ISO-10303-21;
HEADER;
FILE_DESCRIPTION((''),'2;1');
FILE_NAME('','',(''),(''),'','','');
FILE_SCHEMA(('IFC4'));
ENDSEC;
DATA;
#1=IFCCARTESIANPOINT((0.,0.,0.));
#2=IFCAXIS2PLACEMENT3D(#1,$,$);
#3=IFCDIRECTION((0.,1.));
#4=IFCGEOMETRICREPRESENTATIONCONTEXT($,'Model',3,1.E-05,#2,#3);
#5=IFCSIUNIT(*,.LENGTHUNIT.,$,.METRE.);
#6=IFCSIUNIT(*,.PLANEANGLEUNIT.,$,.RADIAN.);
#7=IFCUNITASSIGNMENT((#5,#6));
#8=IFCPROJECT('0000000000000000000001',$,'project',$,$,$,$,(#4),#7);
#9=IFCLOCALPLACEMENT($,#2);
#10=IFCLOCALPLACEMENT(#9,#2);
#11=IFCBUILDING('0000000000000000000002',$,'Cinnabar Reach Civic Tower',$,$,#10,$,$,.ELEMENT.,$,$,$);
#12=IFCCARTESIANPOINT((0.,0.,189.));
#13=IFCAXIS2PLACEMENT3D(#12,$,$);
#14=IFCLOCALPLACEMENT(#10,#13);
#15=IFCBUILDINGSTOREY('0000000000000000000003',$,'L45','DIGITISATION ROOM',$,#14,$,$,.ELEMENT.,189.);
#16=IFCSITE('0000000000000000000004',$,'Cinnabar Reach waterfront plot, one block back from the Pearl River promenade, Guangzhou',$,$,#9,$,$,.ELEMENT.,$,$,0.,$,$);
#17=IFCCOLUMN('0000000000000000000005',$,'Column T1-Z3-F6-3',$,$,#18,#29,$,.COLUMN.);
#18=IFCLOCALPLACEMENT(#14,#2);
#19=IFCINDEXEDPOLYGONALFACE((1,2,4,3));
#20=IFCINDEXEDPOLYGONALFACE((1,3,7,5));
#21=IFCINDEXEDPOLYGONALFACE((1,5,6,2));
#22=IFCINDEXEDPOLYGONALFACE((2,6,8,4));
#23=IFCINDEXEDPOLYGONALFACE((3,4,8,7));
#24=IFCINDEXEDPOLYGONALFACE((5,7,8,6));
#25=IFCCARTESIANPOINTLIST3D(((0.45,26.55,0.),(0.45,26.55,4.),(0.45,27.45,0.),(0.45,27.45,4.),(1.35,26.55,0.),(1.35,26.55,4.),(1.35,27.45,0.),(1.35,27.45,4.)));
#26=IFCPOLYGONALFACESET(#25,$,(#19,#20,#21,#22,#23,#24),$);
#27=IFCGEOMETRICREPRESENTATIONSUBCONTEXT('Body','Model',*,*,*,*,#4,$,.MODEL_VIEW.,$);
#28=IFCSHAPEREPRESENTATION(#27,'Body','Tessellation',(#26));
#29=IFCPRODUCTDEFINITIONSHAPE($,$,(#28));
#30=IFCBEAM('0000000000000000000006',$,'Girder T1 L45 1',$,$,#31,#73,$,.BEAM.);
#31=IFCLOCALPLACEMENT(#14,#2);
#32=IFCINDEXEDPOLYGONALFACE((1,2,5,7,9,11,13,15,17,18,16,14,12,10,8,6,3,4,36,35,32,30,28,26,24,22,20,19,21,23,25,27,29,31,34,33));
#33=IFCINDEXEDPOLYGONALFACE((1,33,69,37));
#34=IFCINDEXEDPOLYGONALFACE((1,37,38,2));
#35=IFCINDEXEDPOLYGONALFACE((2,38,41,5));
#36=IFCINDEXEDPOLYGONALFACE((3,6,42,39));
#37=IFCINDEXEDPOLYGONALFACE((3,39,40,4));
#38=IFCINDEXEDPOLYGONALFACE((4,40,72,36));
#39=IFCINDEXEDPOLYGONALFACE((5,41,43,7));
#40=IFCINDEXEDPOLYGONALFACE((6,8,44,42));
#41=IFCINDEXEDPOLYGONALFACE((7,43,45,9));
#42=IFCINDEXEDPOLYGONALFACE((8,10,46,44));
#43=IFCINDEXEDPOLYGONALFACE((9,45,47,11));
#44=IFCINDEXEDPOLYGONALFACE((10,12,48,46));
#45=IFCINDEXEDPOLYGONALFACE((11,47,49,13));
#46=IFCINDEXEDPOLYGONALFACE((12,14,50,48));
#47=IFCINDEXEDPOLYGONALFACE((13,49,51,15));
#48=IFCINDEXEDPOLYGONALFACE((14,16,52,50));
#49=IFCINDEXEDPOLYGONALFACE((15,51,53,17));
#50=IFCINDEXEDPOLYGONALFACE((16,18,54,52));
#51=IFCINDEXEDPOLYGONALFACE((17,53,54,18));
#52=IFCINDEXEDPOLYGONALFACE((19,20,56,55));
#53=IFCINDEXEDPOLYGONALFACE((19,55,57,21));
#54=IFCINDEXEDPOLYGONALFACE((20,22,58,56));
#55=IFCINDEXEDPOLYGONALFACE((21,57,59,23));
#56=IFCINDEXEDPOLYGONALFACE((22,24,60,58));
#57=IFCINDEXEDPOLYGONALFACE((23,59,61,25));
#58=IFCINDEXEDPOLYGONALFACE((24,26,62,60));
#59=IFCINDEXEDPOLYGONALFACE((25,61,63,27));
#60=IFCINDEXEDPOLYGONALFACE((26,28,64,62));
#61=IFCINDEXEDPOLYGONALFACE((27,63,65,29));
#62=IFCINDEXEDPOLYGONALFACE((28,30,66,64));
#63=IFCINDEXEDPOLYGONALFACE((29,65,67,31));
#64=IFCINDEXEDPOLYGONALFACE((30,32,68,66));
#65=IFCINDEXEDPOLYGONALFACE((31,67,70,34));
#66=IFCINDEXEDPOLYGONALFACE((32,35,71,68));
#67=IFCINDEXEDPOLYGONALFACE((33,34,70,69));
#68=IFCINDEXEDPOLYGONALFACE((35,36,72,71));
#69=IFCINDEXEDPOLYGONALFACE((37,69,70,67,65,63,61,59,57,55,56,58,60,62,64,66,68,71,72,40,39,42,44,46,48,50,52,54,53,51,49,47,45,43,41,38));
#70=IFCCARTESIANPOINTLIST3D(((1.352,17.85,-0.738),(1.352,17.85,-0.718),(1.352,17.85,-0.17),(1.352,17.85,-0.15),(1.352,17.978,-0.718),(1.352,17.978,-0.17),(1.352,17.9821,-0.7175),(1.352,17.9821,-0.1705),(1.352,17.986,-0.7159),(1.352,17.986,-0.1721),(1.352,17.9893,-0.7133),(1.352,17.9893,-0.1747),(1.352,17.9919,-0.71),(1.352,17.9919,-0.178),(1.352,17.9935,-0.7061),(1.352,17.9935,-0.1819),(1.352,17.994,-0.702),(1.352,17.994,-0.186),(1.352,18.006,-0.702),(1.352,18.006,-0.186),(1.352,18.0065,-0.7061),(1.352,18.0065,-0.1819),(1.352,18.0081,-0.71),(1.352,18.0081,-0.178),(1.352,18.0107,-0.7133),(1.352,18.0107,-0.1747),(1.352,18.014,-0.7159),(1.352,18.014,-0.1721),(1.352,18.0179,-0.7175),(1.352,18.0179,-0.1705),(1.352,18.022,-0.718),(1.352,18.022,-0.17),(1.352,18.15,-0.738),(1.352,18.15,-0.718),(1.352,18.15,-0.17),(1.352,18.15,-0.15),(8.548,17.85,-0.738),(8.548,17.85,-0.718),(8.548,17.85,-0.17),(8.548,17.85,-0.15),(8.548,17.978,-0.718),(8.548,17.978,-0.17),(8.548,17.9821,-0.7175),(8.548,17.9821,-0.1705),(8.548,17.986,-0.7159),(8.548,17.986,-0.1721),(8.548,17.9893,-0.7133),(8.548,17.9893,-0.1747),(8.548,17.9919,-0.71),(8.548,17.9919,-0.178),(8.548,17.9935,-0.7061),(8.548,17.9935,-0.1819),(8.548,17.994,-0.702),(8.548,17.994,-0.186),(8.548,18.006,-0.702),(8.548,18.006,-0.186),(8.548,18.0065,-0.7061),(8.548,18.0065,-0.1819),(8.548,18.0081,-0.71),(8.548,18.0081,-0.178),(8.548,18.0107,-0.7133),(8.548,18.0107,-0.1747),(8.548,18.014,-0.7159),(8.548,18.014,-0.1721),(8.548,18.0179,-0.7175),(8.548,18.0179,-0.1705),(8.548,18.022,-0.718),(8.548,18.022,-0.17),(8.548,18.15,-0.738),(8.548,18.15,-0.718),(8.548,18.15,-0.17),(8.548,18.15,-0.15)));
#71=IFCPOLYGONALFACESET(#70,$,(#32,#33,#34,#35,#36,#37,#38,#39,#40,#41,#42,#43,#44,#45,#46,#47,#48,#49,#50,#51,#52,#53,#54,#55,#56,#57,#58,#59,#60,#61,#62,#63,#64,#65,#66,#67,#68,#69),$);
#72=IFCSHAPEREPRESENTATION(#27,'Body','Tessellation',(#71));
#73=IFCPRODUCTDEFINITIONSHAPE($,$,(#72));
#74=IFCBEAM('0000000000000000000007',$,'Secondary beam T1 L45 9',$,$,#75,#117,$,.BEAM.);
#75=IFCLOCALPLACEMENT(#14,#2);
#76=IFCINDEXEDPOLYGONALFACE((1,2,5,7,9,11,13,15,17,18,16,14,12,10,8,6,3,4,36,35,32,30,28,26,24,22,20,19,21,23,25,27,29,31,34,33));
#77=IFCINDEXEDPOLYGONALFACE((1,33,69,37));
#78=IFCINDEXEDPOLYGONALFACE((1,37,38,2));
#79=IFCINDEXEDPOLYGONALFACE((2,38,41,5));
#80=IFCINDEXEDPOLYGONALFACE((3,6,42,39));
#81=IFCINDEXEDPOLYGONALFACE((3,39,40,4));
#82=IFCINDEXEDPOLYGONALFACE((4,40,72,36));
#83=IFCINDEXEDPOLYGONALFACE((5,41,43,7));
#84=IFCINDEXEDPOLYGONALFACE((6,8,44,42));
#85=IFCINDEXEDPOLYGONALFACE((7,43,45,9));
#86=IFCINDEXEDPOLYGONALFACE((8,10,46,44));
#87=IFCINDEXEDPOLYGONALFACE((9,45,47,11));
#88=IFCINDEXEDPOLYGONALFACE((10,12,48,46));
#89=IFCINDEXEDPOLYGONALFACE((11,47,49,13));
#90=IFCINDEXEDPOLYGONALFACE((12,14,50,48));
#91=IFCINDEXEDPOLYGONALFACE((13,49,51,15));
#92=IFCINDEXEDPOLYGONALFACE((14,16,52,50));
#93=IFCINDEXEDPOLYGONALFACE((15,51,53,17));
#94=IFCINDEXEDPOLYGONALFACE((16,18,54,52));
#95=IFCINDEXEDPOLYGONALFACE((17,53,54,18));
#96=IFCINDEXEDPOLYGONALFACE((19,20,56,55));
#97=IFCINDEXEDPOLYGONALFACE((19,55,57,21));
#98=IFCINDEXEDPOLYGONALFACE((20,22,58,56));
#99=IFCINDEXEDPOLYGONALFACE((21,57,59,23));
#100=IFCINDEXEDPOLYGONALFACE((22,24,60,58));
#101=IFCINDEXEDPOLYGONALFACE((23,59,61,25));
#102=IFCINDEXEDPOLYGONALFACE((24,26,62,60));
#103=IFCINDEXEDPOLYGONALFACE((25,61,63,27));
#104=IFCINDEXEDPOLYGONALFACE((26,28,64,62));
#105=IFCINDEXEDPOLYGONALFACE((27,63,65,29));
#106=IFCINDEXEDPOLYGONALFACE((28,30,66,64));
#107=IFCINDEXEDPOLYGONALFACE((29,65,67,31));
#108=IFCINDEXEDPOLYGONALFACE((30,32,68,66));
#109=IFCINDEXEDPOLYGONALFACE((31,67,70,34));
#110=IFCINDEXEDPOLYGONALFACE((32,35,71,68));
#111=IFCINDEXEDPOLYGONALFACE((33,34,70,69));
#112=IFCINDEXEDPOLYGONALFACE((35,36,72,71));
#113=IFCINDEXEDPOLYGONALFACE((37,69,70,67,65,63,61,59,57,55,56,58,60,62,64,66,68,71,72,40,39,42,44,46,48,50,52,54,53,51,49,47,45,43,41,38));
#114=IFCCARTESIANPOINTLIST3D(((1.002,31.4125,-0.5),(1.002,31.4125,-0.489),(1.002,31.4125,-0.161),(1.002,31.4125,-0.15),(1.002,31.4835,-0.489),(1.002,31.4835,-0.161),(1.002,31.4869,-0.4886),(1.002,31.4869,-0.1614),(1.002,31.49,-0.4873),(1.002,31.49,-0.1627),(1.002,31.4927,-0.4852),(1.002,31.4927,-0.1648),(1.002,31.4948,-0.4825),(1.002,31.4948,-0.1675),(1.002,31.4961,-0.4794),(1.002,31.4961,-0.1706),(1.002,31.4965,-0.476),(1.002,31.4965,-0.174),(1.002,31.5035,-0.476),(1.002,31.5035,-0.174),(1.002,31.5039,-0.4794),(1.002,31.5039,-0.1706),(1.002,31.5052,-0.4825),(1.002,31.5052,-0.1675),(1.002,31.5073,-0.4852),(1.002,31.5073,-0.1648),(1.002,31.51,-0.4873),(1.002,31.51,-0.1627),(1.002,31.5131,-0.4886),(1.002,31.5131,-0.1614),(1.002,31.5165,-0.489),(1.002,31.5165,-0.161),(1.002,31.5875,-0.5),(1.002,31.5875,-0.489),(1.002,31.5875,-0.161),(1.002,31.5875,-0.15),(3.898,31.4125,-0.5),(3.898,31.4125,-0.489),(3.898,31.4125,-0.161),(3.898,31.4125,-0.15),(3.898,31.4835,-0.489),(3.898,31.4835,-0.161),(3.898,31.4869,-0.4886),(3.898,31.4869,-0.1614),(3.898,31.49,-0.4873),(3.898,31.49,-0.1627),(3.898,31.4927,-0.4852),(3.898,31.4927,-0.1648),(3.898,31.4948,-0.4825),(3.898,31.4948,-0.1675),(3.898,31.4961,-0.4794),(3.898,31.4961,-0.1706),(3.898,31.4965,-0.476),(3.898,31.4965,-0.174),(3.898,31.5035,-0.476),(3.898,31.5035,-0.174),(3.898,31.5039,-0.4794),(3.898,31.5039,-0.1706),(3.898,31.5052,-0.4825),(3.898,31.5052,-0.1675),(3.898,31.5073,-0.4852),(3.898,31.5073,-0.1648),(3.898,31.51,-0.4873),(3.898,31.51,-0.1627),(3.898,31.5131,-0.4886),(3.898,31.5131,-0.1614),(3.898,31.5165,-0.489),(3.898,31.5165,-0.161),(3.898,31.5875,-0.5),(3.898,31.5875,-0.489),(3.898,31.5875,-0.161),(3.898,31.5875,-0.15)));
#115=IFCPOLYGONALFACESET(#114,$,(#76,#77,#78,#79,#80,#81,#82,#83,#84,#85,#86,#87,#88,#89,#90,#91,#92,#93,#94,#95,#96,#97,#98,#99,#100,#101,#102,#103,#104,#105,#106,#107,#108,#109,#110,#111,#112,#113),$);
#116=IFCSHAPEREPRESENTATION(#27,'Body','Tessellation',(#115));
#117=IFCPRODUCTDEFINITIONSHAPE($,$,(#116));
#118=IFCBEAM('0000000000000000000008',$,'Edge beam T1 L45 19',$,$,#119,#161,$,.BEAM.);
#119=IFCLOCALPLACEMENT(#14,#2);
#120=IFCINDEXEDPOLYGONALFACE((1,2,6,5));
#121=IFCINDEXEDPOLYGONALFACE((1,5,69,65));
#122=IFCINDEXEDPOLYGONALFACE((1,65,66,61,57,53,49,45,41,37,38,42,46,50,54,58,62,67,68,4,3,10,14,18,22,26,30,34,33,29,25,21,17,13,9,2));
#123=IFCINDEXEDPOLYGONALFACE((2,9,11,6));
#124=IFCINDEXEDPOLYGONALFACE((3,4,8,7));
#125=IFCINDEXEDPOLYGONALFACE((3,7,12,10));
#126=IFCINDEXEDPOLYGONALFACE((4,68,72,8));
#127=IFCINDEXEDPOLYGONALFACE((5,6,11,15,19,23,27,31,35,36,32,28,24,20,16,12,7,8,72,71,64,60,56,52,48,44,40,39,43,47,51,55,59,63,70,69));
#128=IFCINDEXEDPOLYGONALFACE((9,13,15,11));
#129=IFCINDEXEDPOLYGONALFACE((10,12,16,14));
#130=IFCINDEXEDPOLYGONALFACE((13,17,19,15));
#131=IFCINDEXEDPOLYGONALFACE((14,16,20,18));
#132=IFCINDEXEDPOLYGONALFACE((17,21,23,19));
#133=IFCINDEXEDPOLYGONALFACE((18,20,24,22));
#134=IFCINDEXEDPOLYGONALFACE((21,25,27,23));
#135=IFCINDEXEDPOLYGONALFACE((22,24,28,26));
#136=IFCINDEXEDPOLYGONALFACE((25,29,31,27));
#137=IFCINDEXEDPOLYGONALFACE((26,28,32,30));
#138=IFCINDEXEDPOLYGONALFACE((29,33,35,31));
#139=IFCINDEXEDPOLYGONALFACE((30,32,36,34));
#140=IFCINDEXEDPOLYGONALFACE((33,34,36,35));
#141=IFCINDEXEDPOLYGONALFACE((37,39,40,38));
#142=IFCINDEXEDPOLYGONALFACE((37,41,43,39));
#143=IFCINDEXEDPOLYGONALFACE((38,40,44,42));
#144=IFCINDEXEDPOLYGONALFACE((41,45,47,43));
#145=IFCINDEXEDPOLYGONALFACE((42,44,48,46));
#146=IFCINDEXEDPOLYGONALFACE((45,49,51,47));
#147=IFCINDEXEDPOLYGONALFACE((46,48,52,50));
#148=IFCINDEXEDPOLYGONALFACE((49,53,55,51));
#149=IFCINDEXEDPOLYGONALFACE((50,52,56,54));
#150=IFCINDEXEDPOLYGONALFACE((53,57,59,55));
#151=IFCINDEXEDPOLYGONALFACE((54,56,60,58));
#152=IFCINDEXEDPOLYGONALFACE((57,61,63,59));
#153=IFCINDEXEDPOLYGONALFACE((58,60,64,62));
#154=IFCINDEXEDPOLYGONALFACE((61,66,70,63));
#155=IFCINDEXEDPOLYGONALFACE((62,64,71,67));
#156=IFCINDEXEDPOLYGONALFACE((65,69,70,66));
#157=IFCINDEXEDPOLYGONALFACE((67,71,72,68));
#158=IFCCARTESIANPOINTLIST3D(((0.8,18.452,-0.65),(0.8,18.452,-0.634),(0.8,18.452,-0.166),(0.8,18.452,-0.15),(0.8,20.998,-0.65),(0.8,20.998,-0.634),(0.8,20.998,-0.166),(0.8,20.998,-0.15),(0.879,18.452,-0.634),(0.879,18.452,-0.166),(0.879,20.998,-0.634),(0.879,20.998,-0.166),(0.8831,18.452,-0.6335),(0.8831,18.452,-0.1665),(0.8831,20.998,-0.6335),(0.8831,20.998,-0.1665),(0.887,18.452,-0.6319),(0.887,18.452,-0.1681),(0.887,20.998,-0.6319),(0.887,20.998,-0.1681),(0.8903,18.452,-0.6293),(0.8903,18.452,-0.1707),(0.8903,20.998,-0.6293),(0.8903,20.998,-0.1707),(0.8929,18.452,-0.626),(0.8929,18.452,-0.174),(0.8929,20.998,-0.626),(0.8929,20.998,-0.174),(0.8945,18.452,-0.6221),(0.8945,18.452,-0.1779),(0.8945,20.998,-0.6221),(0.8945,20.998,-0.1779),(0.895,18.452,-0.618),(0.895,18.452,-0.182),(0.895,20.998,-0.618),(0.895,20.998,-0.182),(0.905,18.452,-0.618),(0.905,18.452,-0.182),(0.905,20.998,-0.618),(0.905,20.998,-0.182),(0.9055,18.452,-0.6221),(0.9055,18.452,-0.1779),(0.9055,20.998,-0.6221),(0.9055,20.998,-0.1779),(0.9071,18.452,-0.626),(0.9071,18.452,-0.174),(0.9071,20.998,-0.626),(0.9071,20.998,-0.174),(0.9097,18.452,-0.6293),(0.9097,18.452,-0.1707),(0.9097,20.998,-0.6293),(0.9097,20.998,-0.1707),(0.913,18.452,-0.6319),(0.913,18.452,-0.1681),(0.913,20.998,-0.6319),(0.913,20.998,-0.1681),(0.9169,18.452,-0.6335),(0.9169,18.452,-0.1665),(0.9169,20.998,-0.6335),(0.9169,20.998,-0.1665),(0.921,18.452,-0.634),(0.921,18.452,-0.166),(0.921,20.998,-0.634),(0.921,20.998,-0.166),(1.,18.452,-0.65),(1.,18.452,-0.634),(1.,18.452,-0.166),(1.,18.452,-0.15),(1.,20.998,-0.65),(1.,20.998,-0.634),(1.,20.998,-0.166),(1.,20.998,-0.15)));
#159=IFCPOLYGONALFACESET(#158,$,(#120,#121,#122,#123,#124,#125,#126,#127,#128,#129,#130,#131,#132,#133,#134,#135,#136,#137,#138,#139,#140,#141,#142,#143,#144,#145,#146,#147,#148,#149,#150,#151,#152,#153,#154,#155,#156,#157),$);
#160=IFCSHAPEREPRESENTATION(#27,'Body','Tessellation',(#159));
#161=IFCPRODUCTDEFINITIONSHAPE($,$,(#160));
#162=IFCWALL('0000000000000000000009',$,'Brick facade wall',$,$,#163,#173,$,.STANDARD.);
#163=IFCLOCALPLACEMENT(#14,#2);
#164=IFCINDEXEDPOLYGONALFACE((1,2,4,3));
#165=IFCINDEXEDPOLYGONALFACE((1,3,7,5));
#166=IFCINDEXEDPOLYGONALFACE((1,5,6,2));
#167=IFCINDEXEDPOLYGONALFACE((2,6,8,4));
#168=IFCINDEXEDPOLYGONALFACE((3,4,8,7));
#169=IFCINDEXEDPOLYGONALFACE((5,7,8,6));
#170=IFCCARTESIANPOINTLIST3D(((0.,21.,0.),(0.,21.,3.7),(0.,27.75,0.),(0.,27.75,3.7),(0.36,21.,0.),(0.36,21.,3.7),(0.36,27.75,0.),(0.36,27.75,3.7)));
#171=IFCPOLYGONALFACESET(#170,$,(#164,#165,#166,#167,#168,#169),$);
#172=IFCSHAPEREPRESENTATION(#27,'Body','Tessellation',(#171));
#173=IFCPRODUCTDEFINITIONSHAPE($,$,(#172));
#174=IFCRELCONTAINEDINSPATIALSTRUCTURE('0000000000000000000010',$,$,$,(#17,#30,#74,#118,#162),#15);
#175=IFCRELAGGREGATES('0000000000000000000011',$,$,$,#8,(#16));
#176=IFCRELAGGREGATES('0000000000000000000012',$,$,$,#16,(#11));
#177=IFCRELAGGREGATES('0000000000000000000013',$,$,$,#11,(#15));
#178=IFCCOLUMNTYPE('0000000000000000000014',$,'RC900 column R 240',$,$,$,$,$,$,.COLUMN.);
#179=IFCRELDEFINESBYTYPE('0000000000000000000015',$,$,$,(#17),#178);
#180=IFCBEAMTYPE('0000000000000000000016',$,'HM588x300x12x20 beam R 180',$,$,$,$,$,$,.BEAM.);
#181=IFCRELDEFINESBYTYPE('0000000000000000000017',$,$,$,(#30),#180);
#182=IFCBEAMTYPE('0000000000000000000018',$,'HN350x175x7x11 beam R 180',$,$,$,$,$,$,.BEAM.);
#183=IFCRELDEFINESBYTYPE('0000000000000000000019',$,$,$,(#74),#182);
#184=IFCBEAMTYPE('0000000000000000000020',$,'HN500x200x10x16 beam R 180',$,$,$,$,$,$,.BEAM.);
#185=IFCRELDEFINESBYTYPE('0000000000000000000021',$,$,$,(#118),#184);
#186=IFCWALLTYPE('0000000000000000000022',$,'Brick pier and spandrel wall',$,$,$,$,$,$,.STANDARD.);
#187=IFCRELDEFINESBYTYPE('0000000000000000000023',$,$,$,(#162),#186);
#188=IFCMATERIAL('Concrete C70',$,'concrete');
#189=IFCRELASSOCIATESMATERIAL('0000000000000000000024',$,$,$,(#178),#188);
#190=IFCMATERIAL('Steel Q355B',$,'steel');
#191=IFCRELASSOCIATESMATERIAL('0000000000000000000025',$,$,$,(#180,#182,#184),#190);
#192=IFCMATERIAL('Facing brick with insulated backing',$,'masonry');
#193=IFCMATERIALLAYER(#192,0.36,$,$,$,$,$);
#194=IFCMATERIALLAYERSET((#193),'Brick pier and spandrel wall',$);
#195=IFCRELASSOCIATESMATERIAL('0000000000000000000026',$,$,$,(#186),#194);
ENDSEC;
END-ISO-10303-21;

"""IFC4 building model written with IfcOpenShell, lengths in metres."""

from ifc_helpers import new_model, si_unit, direction, frame, frame_2d, origin, origin_2d, place, context, subcontext, project, spatial, rectangle, i_section, extrude, material, layer, layer_set, material_profile, profile_set, type_object, element, save


model = new_model("IFC4")

# Units and contexts
model_context = context("Model", 3, precision=1e-05, world=origin(), true_north=direction((0.0, 1.0)))
body_context = subcontext(model_context, "Body", "Model", "MODEL_VIEW")
ifc_project = project(units=[si_unit("LENGTHUNIT", "METRE"), si_unit("PLANEANGLEUNIT", "RADIAN")], contexts=[model_context])

# Site, building, storey
site_placement = place(None, origin())
site = spatial("IfcSite", under=ifc_project, at=site_placement, Name="Cinnabar Reach waterfront plot, one block back from the Pearl River promenade, Guangzhou", CompositionType="ELEMENT", RefElevation=0.0)
building_placement = place(site_placement, origin())
building = spatial("IfcBuilding", under=site, at=building_placement, Name="Cinnabar Reach Civic Tower", CompositionType="ELEMENT")
storey_placement = place(building_placement, frame((0.0, 0.0, 189.0)))
storey = spatial("IfcBuildingStorey", under=building, at=storey_placement, Name="L45", Description="DIGITISATION ROOM", CompositionType="ELEMENT", Elevation=189.0)

# Column
ifc_material_1 = material(Name="Concrete C70", Category="concrete")
ifc_material_profile_1 = material_profile(ifc_material_1, rectangle(XDim=0.9, YDim=0.9, at=origin_2d()), Name="RC900")
ifc_profile_set_1 = profile_set([ifc_material_profile_1], Name="Concrete C70")
column_type = type_object("IfcColumnType", Name="RC900 column R 240", PredefinedType="COLUMN", material=ifc_profile_set_1)
column_placement = place(storey_placement, frame((0.9, 27.0, 0.0), z_axis=(0.0, 0.0, 1.0), x_axis=(1.0, 0.0, 0.0)))
element("IfcColumn", 1, at=column_placement, inside=storey, type_object=column_type, Name="Column T1-Z3-F6-3", PredefinedType="COLUMN", context=body_context, shape_type="SweptSolid", body=[
    extrude(rectangle(XDim=0.9, YDim=0.9, at=origin_2d()), origin(), (0.0, 0.0, 1.0), 4.0),
])

# Beams
ifc_material_2 = material(Name="Steel Q355B", Category="steel")
ifc_material_profile_2 = material_profile(ifc_material_2, i_section(OverallWidth=0.3, OverallDepth=0.588, WebThickness=0.012, FlangeThickness=0.02, FilletRadius=0.016, at=origin_2d()), Name="HM588x300x12x20")
ifc_profile_set_2 = profile_set([ifc_material_profile_2], Name="Steel Q355B")
beam_type_1 = type_object("IfcBeamType", Name="HM588x300x12x20 beam R 180", PredefinedType="BEAM", material=ifc_profile_set_2)
beam_1_placement = place(storey_placement, frame((1.352, 18.0, -0.444), z_axis=(1.0, 0.0, 0.0), x_axis=(0.0, 1.0, 0.0)))
element("IfcBeam", 2, at=beam_1_placement, inside=storey, type_object=beam_type_1, Name="Girder T1 L45 1", PredefinedType="BEAM", context=body_context, shape_type="SweptSolid", body=[
    extrude(i_section(OverallWidth=0.3, OverallDepth=0.588, WebThickness=0.012, FlangeThickness=0.02, FilletRadius=0.016, at=origin_2d()), origin(), (0.0, 0.0, 1.0), 7.196),
])
ifc_material_profile_3 = material_profile(ifc_material_2, i_section(OverallWidth=0.175, OverallDepth=0.35, WebThickness=0.007, FlangeThickness=0.011, FilletRadius=0.013, at=origin_2d()), Name="HN350x175x7x11")
ifc_profile_set_3 = profile_set([ifc_material_profile_3], Name="Steel Q355B")
beam_type_2 = type_object("IfcBeamType", Name="HN350x175x7x11 beam R 180", PredefinedType="BEAM", material=ifc_profile_set_3)
beam_2_placement = place(storey_placement, frame((1.002, 31.5, -0.325), z_axis=(1.0, 0.0, 0.0), x_axis=(0.0, 1.0, 0.0)))
element("IfcBeam", 3, at=beam_2_placement, inside=storey, type_object=beam_type_2, Name="Secondary beam T1 L45 9", PredefinedType="BEAM", context=body_context, shape_type="SweptSolid", body=[
    extrude(i_section(OverallWidth=0.175, OverallDepth=0.35, WebThickness=0.007, FlangeThickness=0.011, FilletRadius=0.013, at=origin_2d()), origin(), (0.0, 0.0, 1.0), 2.896),
])
ifc_material_profile_4 = material_profile(ifc_material_2, i_section(OverallWidth=0.2, OverallDepth=0.5, WebThickness=0.01, FlangeThickness=0.016, FilletRadius=0.016, at=origin_2d()), Name="HN500x200x10x16")
ifc_profile_set_4 = profile_set([ifc_material_profile_4], Name="Steel Q355B")
beam_type_3 = type_object("IfcBeamType", Name="HN500x200x10x16 beam R 180", PredefinedType="BEAM", material=ifc_profile_set_4)
beam_3_placement = place(storey_placement, frame((0.9, 20.998, -0.4), z_axis=(0.0, -1.0, 0.0), x_axis=(1.0, 0.0, 0.0)))
element("IfcBeam", 4, at=beam_3_placement, inside=storey, type_object=beam_type_3, Name="Edge beam T1 L45 19", PredefinedType="BEAM", context=body_context, shape_type="SweptSolid", body=[
    extrude(i_section(OverallWidth=0.2, OverallDepth=0.5, WebThickness=0.01, FlangeThickness=0.016, FilletRadius=0.016, at=origin_2d()), origin(), (0.0, 0.0, 1.0), 2.546),
])

# Wall
ifc_material_3 = material(Name="Facing brick with insulated backing", Category="masonry")
ifc_layer_1 = layer(ifc_material_3, 0.36)
ifc_layer_set_1 = layer_set([ifc_layer_1], Name="Brick pier and spandrel wall")
wall_type_1 = type_object("IfcWallType", Name="Brick pier and spandrel wall", PredefinedType="STANDARD", material=ifc_layer_set_1)
wall_1_placement = place(storey_placement, frame((0.18, 27.75, 0.0), z_axis=(0.0, 0.0, 1.0), x_axis=(0.0, -1.0, 0.0)))
element("IfcWall", 5, at=wall_1_placement, inside=storey, type_object=wall_type_1, Name="Brick facade wall", PredefinedType="STANDARD", context=body_context, shape_type="SweptSolid", body=[
    extrude(rectangle(XDim=6.75, YDim=0.36, at=frame_2d((3.375, 0.0))), origin(), (0.0, 0.0, 1.0), 3.7),
])

save(model, "model.ifc")
